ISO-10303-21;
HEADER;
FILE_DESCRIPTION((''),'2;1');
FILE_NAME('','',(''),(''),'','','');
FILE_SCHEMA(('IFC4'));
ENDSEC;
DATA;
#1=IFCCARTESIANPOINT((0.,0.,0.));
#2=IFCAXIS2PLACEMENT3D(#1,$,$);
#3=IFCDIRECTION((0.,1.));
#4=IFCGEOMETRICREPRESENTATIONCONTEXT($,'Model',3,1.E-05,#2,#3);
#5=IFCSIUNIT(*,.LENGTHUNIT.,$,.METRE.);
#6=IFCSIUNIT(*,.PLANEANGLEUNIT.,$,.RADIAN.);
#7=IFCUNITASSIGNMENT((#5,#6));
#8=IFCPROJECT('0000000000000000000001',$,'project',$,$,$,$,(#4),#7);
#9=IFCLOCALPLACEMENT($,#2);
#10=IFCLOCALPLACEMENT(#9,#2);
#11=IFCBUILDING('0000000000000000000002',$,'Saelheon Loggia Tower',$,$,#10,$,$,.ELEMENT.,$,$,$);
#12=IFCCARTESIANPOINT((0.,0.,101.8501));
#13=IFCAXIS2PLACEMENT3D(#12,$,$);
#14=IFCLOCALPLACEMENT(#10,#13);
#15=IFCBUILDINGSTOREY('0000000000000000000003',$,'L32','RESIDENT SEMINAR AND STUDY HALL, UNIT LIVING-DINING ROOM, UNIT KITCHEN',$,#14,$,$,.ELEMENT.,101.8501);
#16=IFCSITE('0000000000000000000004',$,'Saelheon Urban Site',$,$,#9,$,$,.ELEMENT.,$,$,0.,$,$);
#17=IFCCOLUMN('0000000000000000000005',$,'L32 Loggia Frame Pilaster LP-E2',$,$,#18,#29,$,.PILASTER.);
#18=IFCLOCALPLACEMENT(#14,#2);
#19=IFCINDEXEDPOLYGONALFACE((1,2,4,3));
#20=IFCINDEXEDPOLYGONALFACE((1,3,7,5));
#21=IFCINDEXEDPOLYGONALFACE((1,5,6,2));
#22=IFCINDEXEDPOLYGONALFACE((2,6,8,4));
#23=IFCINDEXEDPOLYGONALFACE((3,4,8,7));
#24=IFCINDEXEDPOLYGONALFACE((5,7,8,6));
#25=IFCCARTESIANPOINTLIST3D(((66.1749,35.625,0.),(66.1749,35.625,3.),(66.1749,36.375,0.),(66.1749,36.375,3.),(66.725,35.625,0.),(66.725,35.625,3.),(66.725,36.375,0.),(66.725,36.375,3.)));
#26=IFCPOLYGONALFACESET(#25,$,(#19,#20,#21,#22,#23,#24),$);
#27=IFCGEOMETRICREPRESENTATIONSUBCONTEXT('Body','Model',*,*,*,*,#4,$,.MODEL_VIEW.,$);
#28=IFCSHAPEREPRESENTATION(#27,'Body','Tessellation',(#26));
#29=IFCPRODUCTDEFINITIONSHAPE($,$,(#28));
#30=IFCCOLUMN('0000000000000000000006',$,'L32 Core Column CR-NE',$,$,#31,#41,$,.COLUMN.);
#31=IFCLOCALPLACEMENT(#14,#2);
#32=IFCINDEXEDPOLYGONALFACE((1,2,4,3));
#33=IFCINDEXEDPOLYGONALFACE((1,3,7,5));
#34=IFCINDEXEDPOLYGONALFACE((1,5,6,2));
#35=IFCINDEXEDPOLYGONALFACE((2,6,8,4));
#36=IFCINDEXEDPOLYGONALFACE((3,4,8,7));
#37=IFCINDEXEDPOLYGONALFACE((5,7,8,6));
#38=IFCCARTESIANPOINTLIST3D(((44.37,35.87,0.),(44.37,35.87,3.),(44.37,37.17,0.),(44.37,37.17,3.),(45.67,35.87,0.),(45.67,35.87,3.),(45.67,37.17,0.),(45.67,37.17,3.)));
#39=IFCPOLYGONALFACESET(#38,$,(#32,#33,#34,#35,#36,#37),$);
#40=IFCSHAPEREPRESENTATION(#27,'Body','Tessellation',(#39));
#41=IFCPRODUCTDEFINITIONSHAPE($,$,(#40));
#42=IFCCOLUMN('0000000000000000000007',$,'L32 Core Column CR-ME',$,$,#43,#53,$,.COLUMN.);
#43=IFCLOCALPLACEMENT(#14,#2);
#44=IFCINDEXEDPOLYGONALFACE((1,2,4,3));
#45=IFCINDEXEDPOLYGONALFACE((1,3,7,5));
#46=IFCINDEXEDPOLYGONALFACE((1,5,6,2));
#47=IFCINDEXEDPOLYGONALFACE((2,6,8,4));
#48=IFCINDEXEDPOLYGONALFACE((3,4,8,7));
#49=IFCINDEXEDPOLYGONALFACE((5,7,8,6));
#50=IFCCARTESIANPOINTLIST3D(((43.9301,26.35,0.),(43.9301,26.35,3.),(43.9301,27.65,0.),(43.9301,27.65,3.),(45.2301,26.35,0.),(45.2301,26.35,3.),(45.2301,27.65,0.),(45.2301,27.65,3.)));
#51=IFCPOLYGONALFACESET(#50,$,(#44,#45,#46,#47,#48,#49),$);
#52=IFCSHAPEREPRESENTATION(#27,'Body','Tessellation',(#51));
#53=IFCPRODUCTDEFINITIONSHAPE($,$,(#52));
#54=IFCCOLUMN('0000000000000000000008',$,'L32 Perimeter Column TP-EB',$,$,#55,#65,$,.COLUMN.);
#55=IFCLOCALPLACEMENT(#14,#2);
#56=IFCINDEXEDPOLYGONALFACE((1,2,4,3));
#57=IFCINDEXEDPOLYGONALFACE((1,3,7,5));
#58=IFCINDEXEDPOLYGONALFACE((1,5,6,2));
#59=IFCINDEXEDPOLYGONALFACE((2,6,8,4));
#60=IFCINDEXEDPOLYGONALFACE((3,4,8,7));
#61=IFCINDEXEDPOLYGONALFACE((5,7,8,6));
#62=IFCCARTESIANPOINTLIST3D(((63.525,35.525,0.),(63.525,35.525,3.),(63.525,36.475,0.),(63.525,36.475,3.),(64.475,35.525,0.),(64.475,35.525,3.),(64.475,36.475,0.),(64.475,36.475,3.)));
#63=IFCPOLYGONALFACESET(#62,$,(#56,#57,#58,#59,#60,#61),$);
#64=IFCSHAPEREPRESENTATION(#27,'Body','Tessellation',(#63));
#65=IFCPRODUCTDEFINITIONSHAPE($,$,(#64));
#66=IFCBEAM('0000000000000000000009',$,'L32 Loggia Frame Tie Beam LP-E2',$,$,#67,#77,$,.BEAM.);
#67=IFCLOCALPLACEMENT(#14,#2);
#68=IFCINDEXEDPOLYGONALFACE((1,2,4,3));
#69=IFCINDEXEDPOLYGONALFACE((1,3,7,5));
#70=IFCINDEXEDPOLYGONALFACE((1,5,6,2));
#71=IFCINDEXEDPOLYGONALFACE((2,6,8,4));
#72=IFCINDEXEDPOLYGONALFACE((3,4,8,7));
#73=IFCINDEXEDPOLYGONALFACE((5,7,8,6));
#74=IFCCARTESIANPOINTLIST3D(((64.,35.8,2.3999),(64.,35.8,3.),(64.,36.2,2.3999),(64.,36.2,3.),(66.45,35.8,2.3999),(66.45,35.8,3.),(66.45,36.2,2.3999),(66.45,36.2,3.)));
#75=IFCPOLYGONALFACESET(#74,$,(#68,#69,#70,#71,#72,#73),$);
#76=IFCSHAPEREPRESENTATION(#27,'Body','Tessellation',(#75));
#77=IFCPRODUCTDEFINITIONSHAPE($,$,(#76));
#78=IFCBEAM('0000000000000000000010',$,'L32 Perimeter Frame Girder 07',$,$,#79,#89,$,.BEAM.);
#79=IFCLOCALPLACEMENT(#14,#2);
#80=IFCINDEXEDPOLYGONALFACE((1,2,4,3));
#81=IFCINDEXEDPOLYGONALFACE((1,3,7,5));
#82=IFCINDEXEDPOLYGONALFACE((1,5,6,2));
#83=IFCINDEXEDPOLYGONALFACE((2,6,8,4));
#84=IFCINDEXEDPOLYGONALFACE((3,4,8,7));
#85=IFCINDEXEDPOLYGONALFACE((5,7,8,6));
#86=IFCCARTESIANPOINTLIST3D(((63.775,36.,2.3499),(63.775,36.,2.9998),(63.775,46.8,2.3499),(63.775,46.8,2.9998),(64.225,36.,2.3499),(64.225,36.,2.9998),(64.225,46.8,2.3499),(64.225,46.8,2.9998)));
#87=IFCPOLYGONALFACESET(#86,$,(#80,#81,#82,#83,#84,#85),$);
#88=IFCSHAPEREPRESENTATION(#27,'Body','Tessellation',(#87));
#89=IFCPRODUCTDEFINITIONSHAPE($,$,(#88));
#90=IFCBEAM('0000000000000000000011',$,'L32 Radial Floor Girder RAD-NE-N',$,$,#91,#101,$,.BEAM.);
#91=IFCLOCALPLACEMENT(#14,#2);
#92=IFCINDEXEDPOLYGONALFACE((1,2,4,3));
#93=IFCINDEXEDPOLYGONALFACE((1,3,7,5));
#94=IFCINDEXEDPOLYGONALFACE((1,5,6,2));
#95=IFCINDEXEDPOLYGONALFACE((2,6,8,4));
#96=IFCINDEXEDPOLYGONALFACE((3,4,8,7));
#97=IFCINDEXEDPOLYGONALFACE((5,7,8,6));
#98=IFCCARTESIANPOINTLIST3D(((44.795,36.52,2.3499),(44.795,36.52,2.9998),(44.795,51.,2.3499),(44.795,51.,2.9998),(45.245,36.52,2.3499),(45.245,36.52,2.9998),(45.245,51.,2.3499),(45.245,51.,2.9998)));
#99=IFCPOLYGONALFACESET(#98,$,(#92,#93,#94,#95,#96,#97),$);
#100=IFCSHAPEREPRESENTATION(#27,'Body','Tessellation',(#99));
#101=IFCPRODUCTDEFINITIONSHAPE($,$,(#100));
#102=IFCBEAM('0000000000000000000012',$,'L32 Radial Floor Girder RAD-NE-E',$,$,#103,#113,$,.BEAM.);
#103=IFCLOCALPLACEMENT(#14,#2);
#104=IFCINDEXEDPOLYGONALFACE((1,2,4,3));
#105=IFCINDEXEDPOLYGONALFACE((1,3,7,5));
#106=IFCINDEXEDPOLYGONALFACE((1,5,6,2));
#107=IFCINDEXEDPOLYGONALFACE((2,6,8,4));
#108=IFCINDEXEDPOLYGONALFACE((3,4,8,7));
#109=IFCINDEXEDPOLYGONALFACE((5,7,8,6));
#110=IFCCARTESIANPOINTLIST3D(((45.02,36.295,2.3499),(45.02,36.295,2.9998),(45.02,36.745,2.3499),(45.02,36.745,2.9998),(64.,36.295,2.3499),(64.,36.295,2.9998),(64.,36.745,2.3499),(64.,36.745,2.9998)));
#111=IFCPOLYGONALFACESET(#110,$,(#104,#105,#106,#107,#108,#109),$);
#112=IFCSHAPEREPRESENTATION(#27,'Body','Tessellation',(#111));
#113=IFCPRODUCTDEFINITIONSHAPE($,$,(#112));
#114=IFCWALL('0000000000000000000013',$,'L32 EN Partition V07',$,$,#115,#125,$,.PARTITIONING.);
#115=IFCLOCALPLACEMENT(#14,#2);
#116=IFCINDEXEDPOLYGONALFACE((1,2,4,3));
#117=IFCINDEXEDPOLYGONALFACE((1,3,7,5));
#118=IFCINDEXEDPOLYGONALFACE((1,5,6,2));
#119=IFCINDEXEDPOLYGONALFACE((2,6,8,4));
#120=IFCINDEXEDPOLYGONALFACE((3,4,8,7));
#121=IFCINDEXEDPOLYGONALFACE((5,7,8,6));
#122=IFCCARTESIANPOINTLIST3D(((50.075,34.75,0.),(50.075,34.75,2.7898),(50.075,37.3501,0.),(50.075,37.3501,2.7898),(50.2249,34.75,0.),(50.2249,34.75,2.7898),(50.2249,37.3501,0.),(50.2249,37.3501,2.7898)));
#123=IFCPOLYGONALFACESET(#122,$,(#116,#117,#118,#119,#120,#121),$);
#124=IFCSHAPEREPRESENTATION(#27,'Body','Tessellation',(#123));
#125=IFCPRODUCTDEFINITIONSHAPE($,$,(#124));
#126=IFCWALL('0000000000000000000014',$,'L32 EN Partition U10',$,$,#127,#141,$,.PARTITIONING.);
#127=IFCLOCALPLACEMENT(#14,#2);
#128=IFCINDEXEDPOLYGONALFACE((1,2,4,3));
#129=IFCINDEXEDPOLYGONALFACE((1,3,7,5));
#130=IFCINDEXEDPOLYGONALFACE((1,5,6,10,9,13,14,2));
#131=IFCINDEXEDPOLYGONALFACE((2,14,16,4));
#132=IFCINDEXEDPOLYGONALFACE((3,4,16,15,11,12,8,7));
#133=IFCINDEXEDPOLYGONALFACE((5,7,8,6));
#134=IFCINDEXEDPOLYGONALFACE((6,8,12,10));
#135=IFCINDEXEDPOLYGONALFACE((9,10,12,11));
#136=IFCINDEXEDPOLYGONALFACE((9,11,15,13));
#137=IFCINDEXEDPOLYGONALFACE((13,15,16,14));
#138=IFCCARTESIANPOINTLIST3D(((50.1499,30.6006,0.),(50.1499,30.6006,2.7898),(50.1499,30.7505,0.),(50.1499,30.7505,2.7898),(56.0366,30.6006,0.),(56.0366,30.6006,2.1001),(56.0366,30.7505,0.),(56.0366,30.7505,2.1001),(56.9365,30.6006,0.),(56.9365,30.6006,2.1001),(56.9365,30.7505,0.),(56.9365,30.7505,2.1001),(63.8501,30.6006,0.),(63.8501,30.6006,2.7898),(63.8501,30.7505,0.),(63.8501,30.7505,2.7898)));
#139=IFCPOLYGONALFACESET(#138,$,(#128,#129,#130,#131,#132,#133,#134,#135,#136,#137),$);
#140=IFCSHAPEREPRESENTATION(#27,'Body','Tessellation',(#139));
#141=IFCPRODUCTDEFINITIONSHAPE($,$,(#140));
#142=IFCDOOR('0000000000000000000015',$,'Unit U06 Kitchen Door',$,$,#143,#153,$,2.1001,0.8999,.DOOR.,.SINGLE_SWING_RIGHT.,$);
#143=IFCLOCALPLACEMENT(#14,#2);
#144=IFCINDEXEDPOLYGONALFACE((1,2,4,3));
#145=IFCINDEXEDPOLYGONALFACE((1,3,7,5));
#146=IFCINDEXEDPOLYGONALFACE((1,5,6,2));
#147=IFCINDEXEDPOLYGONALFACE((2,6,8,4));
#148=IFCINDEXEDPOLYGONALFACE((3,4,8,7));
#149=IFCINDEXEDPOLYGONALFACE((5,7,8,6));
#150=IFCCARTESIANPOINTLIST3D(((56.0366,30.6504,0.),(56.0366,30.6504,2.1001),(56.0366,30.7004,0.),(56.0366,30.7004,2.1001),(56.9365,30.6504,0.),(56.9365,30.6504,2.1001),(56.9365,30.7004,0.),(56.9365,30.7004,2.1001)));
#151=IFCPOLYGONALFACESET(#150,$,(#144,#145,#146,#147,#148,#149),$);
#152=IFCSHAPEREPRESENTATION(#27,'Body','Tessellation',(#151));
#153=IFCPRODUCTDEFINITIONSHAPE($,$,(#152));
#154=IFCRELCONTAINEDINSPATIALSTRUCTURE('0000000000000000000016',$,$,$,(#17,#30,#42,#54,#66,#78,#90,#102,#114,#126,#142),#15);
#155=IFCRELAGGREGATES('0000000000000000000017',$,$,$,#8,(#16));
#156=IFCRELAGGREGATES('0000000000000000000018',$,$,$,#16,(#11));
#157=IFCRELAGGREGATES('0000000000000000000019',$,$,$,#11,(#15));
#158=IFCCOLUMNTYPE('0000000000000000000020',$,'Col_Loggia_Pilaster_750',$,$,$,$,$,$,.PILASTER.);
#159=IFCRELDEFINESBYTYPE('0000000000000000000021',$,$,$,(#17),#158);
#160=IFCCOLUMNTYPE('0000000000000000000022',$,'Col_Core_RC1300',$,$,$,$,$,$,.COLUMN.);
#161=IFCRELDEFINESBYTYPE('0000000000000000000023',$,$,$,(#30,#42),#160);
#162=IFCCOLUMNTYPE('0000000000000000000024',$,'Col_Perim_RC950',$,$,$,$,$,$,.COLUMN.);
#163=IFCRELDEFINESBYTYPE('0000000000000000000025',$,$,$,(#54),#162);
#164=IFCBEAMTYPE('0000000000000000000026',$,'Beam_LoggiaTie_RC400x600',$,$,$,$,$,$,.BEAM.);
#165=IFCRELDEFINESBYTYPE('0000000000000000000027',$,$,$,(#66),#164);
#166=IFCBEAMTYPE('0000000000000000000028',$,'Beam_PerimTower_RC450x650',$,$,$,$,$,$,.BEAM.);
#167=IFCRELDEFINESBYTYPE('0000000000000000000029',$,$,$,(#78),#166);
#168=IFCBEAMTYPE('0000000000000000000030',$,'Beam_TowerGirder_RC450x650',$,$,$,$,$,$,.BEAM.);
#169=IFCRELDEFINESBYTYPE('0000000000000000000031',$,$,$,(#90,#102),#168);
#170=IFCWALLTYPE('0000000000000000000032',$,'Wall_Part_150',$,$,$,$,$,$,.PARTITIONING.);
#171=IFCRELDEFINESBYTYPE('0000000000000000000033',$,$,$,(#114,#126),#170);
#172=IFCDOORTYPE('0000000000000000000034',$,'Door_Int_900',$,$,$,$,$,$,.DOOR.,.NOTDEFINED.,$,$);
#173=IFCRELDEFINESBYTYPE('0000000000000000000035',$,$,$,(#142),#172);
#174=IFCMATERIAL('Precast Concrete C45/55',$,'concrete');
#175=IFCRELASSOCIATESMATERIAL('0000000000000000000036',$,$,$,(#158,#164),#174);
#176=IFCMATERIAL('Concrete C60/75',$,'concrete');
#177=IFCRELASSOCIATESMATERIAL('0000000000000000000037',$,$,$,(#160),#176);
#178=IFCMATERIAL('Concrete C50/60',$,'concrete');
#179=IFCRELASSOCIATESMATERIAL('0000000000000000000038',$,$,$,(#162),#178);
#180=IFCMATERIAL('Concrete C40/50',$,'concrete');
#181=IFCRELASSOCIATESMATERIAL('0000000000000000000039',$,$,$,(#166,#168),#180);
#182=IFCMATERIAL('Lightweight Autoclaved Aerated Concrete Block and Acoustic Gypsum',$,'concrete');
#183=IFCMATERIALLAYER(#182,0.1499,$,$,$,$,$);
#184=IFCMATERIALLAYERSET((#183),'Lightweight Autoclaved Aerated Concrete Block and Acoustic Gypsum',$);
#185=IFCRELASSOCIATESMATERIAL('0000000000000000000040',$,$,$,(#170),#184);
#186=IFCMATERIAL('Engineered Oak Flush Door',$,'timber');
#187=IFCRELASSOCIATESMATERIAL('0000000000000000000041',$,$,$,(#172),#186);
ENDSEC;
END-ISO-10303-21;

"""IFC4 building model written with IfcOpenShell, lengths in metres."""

from ifc_helpers import new_model, si_unit, direction, frame, frame_2d, origin, origin_2d, place, context, subcontext, project, spatial, rectangle, extrude, source, transform, mapped, material, layer, layer_set, material_profile, profile_set, type_object, element, fill, save


model = new_model("IFC4")

# Units and contexts
model_context = context("Model", 3, precision=1e-05, world=origin(), true_north=direction((0.0, 1.0)))
body_context = subcontext(model_context, "Body", "Model", "MODEL_VIEW")
ifc_project = project(units=[si_unit("LENGTHUNIT", "METRE"), si_unit("PLANEANGLEUNIT", "RADIAN")], contexts=[model_context])

# Site, building, storey
site_placement = place(None, origin())
site = spatial("IfcSite", under=ifc_project, at=site_placement, Name="Saelheon Urban Site", CompositionType="ELEMENT", RefElevation=0.0)
building_placement = place(site_placement, origin())
building = spatial("IfcBuilding", under=site, at=building_placement, Name="Saelheon Loggia Tower", CompositionType="ELEMENT")
storey_placement = place(building_placement, frame((0.0, 0.0, 101.8501)))
storey = spatial("IfcBuildingStorey", under=building, at=storey_placement, Name="L32", Description="RESIDENT SEMINAR AND STUDY HALL, UNIT LIVING-DINING ROOM, UNIT KITCHEN", CompositionType="ELEMENT", Elevation=101.8501)

# Columns
ifc_material_1 = material(Name="Precast Concrete C45/55", Category="concrete")
ifc_material_profile_1 = material_profile(ifc_material_1, rectangle(XDim=0.55, YDim=0.75, at=origin_2d()), Name="RC-550x750")
ifc_profile_set_1 = profile_set([ifc_material_profile_1], Name="Precast Concrete C45/55")
column_type_1 = type_object("IfcColumnType", Name="Col_Loggia_Pilaster_750", PredefinedType="PILASTER", material=ifc_profile_set_1)
shared_shape_1 = source(origin(), body_context, "Body", "SweptSolid", [
    extrude(rectangle(XDim=0.55, YDim=0.75, at=origin_2d()), origin(), (0.0, 0.0, 1.0), 3.0),
])
column_1_placement = place(storey_placement, frame((66.45, 36.0, 0.0), z_axis=(0.0, 0.0, 1.0), x_axis=(1.0, 0.0, 0.0)))
element("IfcColumn", 1, at=column_1_placement, inside=storey, type_object=column_type_1, Name="L32 Loggia Frame Pilaster LP-E2", PredefinedType="PILASTER", context=body_context, shape_type="MappedRepresentation", body=[
    mapped(shared_shape_1, transform((0.0, 0.0, 0.0), scale=1.0)),
])
ifc_material_2 = material(Name="Concrete C60/75", Category="concrete")
ifc_material_profile_2 = material_profile(ifc_material_2, rectangle(XDim=1.3, YDim=1.3, at=origin_2d()), Name="RC-1300x1300")
ifc_profile_set_2 = profile_set([ifc_material_profile_2], Name="Concrete C60/75")
column_type_2 = type_object("IfcColumnType", Name="Col_Core_RC1300", PredefinedType="COLUMN", material=ifc_profile_set_2)
shared_shape_2 = source(origin(), body_context, "Body", "SweptSolid", [
    extrude(rectangle(XDim=1.3, YDim=1.3, at=origin_2d()), origin(), (0.0, 0.0, 1.0), 3.0),
])
for number, where, z_axis, x_axis, name in (
    (2, (45.02, 36.52, 0.0), (0.0, 0.0, 1.0), (1.0, 0.0, 0.0), "L32 Core Column CR-NE"),
    (3, (44.5801, 27.0, 0.0), (0.0, 0.0, 1.0), (1.0, 0.0, 0.0), "L32 Core Column CR-ME"),
):
    element("IfcColumn", number, at=place(storey_placement, frame(where, z_axis=z_axis, x_axis=x_axis)), inside=storey, type_object=column_type_2, Name=name, PredefinedType="COLUMN", context=body_context, shape_type="MappedRepresentation", body=[
        mapped(shared_shape_2, transform((0.0, 0.0, 0.0), scale=1.0)),
    ])
ifc_material_3 = material(Name="Concrete C50/60", Category="concrete")
ifc_material_profile_3 = material_profile(ifc_material_3, rectangle(XDim=0.95, YDim=0.95, at=origin_2d()), Name="RC-950x950")
ifc_profile_set_3 = profile_set([ifc_material_profile_3], Name="Concrete C50/60")
column_type_3 = type_object("IfcColumnType", Name="Col_Perim_RC950", PredefinedType="COLUMN", material=ifc_profile_set_3)
shared_shape_3 = source(origin(), body_context, "Body", "SweptSolid", [
    extrude(rectangle(XDim=0.95, YDim=0.95, at=origin_2d()), origin(), (0.0, 0.0, 1.0), 3.0),
])
column_2_placement = place(storey_placement, frame((64.0, 36.0, 0.0), z_axis=(0.0, 0.0, 1.0), x_axis=(1.0, 0.0, 0.0)))
element("IfcColumn", 4, at=column_2_placement, inside=storey, type_object=column_type_3, Name="L32 Perimeter Column TP-EB", PredefinedType="COLUMN", context=body_context, shape_type="MappedRepresentation", body=[
    mapped(shared_shape_3, transform((0.0, 0.0, 0.0), scale=1.0)),
])

# Beams
ifc_material_profile_4 = material_profile(ifc_material_1, rectangle(XDim=0.3999, YDim=0.6001, at=origin_2d()), Name="RC-400x600")
ifc_profile_set_4 = profile_set([ifc_material_profile_4], Name="Precast Concrete C45/55")
beam_type_1 = type_object("IfcBeamType", Name="Beam_LoggiaTie_RC400x600", PredefinedType="BEAM", material=ifc_profile_set_4)
shared_shape_4 = source(origin(), body_context, "Body", "SweptSolid", [
    extrude(rectangle(XDim=0.3999, YDim=0.6001, at=origin_2d()), origin(), (0.0, 0.0, 1.0), 2.45),
])
beam_1_placement = place(storey_placement, frame((64.0, 36.0, 2.7), z_axis=(1.0, 0.0, 0.0), x_axis=(0.0, 1.0, 0.0)))
element("IfcBeam", 5, at=beam_1_placement, inside=storey, type_object=beam_type_1, Name="L32 Loggia Frame Tie Beam LP-E2", PredefinedType="BEAM", context=body_context, shape_type="MappedRepresentation", body=[
    mapped(shared_shape_4, transform((0.0, 0.0, 0.0), scale=1.0)),
])
ifc_material_4 = material(Name="Concrete C40/50", Category="concrete")
ifc_material_profile_5 = material_profile(ifc_material_4, rectangle(XDim=0.45, YDim=0.6499, at=origin_2d()), Name="RC-450x650")
ifc_profile_set_5 = profile_set([ifc_material_profile_5], Name="Concrete C40/50")
beam_type_2 = type_object("IfcBeamType", Name="Beam_PerimTower_RC450x650", PredefinedType="BEAM", material=ifc_profile_set_5)
shared_shape_5 = source(origin(), body_context, "Body", "SweptSolid", [
    extrude(rectangle(XDim=0.45, YDim=0.6499, at=origin_2d()), origin(), (0.0, 0.0, 1.0), 10.8),
])
beam_2_placement = place(storey_placement, frame((64.0, 36.0, 2.6748), z_axis=(0.0, 1.0, 0.0), x_axis=(-1.0, 0.0, 0.0)))
element("IfcBeam", 6, at=beam_2_placement, inside=storey, type_object=beam_type_2, Name="L32 Perimeter Frame Girder 07", PredefinedType="BEAM", context=body_context, shape_type="MappedRepresentation", body=[
    mapped(shared_shape_5, transform((0.0, 0.0, 0.0), scale=1.0)),
])
ifc_material_profile_6 = material_profile(ifc_material_4, rectangle(XDim=0.45, YDim=0.6499, at=origin_2d()), Name="RC-450x650")
ifc_profile_set_6 = profile_set([ifc_material_profile_6], Name="Concrete C40/50")
beam_type_3 = type_object("IfcBeamType", Name="Beam_TowerGirder_RC450x650", PredefinedType="BEAM", material=ifc_profile_set_6)
shared_shape_6 = source(origin(), body_context, "Body", "SweptSolid", [
    extrude(rectangle(XDim=0.45, YDim=0.6499, at=origin_2d()), origin(), (0.0, 0.0, 1.0), 14.48),
])
beam_3_placement = place(storey_placement, frame((45.02, 36.52, 2.6748), z_axis=(0.0, 1.0, 0.0), x_axis=(-1.0, 0.0, 0.0)))
element("IfcBeam", 7, at=beam_3_placement, inside=storey, type_object=beam_type_3, Name="L32 Radial Floor Girder RAD-NE-N", PredefinedType="BEAM", context=body_context, shape_type="MappedRepresentation", body=[
    mapped(shared_shape_6, transform((0.0, 0.0, 0.0), scale=1.0)),
])
shared_shape_7 = source(origin(), body_context, "Body", "SweptSolid", [
    extrude(rectangle(XDim=0.45, YDim=0.6499, at=origin_2d()), origin(), (0.0, 0.0, 1.0), 18.98),
])
beam_4_placement = place(storey_placement, frame((45.02, 36.52, 2.6748), z_axis=(1.0, 0.0, 0.0), x_axis=(0.0, 1.0, 0.0)))
element("IfcBeam", 8, at=beam_4_placement, inside=storey, type_object=beam_type_3, Name="L32 Radial Floor Girder RAD-NE-E", PredefinedType="BEAM", context=body_context, shape_type="MappedRepresentation", body=[
    mapped(shared_shape_7, transform((0.0, 0.0, 0.0), scale=1.0)),
])

# Wall
ifc_material_5 = material(Name="Lightweight Autoclaved Aerated Concrete Block and Acoustic Gypsum", Category="concrete")
ifc_layer_1 = layer(ifc_material_5, 0.1499)
ifc_layer_set_1 = layer_set([ifc_layer_1], Name="Lightweight Autoclaved Aerated Concrete Block and Acoustic Gypsum")
wall_type_1 = type_object("IfcWallType", Name="Wall_Part_150", PredefinedType="PARTITIONING", material=ifc_layer_set_1)
wall_1_placement = place(storey_placement, frame((50.1499, 34.75, 0.0), z_axis=(0.0, 0.0, 1.0), x_axis=(0.0, 1.0, 0.0)))
element("IfcWall", 9, at=wall_1_placement, inside=storey, type_object=wall_type_1, Name="L32 EN Partition V07", PredefinedType="PARTITIONING", context=body_context, shape_type="SweptSolid", body=[
    extrude(rectangle(XDim=2.6001, YDim=0.1499, at=frame_2d((1.3, 0.0))), origin(), (0.0, 0.0, 1.0), 2.7898),
])

# Wall, opening, door
wall_2_placement = place(storey_placement, frame((50.1499, 30.6755, 0.0), z_axis=(0.0, 0.0, 1.0), x_axis=(1.0, 0.0, 0.0)))
wall_2 = element("IfcWall", 10, at=wall_2_placement, inside=storey, type_object=wall_type_1, Name="L32 EN Partition U10", PredefinedType="PARTITIONING", context=body_context, shape_type="SweptSolid", body=[
    extrude(rectangle(XDim=13.7002, YDim=0.1499, at=frame_2d((6.8501, 0.0))), origin(), (0.0, 0.0, 1.0), 2.7898),
])
opening_1_placement = place(wall_2_placement, frame((5.8867, 0.0, 0.0)))
opening_1 = element("IfcOpeningElement", 11, at=opening_1_placement, cuts=wall_2, PredefinedType="OPENING", context=body_context, shape_type="SweptSolid", body=[
    extrude(rectangle(XDim=0.8999, YDim=2.1001, at=frame_2d((0.45, 1.05))), frame((0.0, 0.0869, 0.0), z_axis=(0.0, -1.0, 0.0), x_axis=(1.0, 0.0, 0.0)), (0.0, 0.0, 1.0), 0.1738),
])
ifc_material_6 = material(Name="Engineered Oak Flush Door", Category="timber")
door_type_1 = type_object("IfcDoorType", Name="Door_Int_900", OperationType="NOTDEFINED", PredefinedType="DOOR", material=ifc_material_6)
shared_shape_8 = source(origin(), body_context, "Body", "SweptSolid", [
    extrude(rectangle(XDim=0.8999, YDim=2.1001, at=frame_2d((0.45, 1.05))), frame((0.0, 0.0249, 0.0), z_axis=(0.0, -1.0, 0.0), x_axis=(1.0, 0.0, 0.0)), (0.0, 0.0, 1.0), 0.05),
])
door_1_placement = place(opening_1_placement, origin())
door_1 = element("IfcDoor", 12, at=door_1_placement, inside=storey, type_object=door_type_1, Name="Unit U06 Kitchen Door", OperationType="SINGLE_SWING_RIGHT", OverallHeight=2.1001, OverallWidth=0.8999, PredefinedType="DOOR", context=body_context, shape_type="MappedRepresentation", body=[
    mapped(shared_shape_8, transform((0.0, 0.0, 0.0), scale=1.0)),
])
fill(opening_1, door_1)

save(model, "model.ifc")
